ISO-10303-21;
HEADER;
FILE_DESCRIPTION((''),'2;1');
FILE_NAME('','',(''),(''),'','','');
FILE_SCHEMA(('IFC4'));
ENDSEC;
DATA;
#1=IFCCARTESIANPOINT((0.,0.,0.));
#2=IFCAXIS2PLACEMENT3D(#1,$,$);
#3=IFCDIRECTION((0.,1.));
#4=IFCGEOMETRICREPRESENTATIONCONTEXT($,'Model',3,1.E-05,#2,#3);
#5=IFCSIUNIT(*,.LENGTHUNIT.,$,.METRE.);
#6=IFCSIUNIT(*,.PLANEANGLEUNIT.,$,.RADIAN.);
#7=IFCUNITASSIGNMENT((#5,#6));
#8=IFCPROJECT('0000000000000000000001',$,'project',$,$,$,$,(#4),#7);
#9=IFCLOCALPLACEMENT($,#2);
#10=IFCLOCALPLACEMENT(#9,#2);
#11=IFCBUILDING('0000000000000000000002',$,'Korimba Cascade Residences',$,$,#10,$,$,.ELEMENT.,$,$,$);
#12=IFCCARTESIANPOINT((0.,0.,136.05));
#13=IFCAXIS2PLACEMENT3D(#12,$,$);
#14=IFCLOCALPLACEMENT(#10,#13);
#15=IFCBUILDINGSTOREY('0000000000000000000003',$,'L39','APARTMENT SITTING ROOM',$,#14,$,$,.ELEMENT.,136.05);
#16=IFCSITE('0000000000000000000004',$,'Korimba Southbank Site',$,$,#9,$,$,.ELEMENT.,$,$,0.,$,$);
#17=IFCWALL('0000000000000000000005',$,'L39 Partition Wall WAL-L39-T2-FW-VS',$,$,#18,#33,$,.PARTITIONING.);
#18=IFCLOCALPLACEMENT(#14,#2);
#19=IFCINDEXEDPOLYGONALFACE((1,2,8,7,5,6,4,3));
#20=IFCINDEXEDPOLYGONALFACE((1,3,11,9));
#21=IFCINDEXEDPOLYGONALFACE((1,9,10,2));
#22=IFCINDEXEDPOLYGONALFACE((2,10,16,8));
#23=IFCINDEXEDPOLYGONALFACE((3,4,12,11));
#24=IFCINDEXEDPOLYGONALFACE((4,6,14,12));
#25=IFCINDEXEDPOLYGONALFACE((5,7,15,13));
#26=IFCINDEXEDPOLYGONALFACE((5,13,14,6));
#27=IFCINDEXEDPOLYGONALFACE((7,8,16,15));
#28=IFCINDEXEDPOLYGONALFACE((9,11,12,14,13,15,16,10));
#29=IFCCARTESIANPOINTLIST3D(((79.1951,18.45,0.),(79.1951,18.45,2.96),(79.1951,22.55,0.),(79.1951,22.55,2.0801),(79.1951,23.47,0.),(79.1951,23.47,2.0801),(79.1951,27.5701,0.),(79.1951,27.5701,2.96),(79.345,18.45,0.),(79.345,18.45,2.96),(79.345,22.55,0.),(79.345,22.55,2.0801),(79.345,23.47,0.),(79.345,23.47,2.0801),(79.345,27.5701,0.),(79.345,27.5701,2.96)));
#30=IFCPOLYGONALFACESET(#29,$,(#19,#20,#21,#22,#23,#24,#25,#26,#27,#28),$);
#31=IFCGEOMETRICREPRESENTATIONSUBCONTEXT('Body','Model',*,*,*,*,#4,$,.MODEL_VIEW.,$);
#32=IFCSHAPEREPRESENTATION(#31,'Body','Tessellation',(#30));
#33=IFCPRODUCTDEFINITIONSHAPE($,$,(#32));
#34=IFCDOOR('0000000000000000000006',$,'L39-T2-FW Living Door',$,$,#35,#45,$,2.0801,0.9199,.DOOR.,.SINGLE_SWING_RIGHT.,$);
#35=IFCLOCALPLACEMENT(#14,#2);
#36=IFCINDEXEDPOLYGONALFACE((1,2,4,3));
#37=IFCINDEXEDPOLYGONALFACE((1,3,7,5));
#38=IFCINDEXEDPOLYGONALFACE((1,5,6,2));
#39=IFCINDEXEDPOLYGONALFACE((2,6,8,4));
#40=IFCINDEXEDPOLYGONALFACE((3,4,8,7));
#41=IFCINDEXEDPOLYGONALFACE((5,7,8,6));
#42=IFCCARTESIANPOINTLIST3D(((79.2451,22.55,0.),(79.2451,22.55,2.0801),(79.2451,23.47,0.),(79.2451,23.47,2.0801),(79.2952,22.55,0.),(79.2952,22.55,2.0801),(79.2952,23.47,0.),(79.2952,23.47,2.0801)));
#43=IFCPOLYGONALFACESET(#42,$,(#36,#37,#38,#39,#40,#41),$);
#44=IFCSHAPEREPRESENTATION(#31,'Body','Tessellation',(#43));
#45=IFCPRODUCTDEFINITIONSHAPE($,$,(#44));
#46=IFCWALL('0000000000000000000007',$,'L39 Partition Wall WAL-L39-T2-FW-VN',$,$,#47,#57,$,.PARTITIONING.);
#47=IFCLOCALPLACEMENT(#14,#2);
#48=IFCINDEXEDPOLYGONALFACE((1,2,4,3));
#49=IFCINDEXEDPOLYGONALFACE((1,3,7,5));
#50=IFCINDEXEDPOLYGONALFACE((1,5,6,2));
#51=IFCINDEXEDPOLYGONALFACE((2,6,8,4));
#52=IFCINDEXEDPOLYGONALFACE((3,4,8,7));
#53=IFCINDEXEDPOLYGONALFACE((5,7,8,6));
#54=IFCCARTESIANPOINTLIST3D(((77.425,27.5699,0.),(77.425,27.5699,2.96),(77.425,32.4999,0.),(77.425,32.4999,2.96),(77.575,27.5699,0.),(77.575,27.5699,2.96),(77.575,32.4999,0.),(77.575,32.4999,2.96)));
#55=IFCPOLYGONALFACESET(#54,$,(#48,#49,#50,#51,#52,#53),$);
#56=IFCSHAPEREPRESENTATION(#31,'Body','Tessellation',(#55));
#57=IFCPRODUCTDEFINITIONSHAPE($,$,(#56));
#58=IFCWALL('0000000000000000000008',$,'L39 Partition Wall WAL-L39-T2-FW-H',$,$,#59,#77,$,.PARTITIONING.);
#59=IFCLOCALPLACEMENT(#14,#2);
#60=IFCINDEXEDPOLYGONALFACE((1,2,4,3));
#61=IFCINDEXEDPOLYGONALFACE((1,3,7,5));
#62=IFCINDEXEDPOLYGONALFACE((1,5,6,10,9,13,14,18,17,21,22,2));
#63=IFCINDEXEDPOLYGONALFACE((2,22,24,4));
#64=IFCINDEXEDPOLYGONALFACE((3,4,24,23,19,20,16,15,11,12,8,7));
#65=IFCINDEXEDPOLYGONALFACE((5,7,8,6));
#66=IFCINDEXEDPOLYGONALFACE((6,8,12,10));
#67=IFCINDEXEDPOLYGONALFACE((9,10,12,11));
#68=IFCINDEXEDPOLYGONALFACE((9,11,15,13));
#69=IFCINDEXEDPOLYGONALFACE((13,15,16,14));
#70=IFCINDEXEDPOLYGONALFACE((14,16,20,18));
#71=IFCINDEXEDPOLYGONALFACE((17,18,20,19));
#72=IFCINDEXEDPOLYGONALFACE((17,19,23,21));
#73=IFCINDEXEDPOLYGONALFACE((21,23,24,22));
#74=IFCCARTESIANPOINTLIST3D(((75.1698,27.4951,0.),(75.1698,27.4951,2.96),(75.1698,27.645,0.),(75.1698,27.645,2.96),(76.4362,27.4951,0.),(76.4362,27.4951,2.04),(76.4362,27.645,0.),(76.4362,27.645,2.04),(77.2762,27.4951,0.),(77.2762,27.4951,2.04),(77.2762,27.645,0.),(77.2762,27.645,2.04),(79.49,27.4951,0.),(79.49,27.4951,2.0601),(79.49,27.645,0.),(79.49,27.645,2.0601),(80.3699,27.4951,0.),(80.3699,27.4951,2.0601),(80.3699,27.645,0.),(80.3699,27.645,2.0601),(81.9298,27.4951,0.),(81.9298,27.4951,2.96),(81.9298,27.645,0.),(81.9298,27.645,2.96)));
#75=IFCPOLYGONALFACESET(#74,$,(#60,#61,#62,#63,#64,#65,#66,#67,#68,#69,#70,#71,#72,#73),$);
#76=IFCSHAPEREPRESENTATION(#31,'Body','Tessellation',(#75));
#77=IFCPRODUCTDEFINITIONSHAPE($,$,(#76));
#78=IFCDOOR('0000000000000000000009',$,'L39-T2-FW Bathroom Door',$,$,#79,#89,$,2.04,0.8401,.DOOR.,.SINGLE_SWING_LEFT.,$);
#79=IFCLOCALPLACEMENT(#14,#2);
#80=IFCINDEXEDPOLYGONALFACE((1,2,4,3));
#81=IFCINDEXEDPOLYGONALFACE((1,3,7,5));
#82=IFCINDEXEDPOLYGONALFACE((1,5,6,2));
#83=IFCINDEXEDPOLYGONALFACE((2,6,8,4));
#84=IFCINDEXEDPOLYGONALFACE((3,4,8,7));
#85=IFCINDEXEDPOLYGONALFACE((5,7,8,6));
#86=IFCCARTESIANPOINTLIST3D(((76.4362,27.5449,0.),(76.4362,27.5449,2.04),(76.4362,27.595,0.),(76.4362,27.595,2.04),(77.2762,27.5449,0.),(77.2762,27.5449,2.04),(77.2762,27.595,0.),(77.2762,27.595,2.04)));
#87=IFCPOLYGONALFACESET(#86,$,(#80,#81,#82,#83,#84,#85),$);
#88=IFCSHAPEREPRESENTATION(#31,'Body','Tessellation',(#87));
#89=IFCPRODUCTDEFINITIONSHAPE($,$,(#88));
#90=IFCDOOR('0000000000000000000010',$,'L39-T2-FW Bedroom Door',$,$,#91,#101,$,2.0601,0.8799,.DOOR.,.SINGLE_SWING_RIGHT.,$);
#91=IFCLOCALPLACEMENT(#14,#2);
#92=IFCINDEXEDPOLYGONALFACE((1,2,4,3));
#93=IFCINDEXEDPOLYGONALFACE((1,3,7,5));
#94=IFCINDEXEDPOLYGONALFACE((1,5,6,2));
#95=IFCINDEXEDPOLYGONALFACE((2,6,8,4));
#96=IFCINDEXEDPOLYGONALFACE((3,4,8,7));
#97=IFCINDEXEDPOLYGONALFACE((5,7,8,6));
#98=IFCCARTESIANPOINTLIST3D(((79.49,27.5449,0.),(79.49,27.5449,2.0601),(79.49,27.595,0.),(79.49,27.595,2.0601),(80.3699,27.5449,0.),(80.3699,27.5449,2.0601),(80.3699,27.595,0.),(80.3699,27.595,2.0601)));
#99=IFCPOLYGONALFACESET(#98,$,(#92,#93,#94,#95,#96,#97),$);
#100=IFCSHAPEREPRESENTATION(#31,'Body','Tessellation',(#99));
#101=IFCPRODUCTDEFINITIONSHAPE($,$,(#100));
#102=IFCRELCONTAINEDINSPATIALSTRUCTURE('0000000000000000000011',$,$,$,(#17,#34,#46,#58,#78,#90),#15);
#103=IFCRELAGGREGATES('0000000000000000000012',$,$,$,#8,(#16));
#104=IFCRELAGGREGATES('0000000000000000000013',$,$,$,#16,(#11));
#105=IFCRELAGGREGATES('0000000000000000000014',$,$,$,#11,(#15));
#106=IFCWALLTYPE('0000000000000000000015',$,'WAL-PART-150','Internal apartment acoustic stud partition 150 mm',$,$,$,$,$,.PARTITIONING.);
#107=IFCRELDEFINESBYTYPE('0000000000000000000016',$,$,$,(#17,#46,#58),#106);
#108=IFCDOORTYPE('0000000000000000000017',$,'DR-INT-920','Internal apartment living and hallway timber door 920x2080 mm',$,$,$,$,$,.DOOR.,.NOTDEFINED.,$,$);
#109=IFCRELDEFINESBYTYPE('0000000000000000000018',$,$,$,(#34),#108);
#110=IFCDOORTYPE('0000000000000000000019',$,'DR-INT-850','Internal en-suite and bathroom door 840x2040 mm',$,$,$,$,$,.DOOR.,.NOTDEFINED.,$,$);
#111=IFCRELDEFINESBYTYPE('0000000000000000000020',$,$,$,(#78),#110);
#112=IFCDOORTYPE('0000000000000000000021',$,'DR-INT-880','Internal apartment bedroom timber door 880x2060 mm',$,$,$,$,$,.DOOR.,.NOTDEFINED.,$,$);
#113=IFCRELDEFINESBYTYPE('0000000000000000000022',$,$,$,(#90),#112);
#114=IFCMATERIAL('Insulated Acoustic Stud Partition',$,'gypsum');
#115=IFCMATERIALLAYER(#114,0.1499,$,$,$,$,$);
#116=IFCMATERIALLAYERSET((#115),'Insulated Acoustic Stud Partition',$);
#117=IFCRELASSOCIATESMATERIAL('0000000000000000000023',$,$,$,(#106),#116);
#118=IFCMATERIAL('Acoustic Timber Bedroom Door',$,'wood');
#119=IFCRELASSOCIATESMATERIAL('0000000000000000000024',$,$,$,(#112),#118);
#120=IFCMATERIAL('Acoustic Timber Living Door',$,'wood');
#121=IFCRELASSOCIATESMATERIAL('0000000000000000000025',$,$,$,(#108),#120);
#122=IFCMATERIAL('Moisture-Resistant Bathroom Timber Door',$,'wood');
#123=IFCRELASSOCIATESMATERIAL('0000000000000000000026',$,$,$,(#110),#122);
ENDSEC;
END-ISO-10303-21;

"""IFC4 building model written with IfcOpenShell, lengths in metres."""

from ifc_helpers import new_model, si_unit, direction, frame, frame_2d, origin, place, context, subcontext, project, spatial, rectangle, extrude, material, layer, layer_set, type_object, element, fill, save


model = new_model("IFC4")

# Units and contexts
model_context = context("Model", 3, precision=1e-05, world=origin(), true_north=direction((0.0, 1.0)))
body_context = subcontext(model_context, "Body", "Model", "MODEL_VIEW")
ifc_project = project(units=[si_unit("LENGTHUNIT", "METRE"), si_unit("PLANEANGLEUNIT", "RADIAN")], contexts=[model_context])

# Site, building, storey
site_placement = place(None, origin())
site = spatial("IfcSite", under=ifc_project, at=site_placement, Name="Korimba Southbank Site", CompositionType="ELEMENT", RefElevation=0.0)
building_placement = place(site_placement, origin())
building = spatial("IfcBuilding", under=site, at=building_placement, Name="Korimba Cascade Residences", CompositionType="ELEMENT")
storey_placement = place(building_placement, frame((0.0, 0.0, 136.05)))
storey = spatial("IfcBuildingStorey", under=building, at=storey_placement, Name="L39", Description="APARTMENT SITTING ROOM", CompositionType="ELEMENT", Elevation=136.05)

# Wall, opening, door
ifc_material_1 = material(Name="Insulated Acoustic Stud Partition", Category="gypsum")
ifc_layer_1 = layer(ifc_material_1, 0.1499)
ifc_layer_set_1 = layer_set([ifc_layer_1], Name="Insulated Acoustic Stud Partition")
wall_type_1 = type_object("IfcWallType", Name="WAL-PART-150", Description="Internal apartment acoustic stud partition 150 mm", PredefinedType="PARTITIONING", material=ifc_layer_set_1)
ifc_material_2 = material(Name="Acoustic Timber Bedroom Door", Category="wood")
door_type_1 = type_object("IfcDoorType", Name="DR-INT-880", Description="Internal apartment bedroom timber door 880x2060 mm", OperationType="NOTDEFINED", PredefinedType="DOOR", material=ifc_material_2)
wall_1_placement = place(storey_placement, frame((79.27, 18.45, 0.0), z_axis=(0.0, 0.0, 1.0), x_axis=(0.0, 1.0, 0.0)))
wall_1 = element("IfcWall", 1, at=wall_1_placement, inside=storey, type_object=wall_type_1, Name="L39 Partition Wall WAL-L39-T2-FW-VS", PredefinedType="PARTITIONING", context=body_context, shape_type="SweptSolid", body=[
    extrude(rectangle(XDim=9.1201, YDim=0.1499, at=frame_2d((4.5601, 0.0))), origin(), (0.0, 0.0, 1.0), 2.96),
])
opening_1_placement = place(wall_1_placement, frame((4.1001, 0.0, 0.0)))
opening_1 = element("IfcOpeningElement", 2, at=opening_1_placement, cuts=wall_1, PredefinedType="OPENING", context=body_context, shape_type="SweptSolid", body=[
    extrude(rectangle(XDim=0.9199, YDim=2.0801, at=frame_2d((0.46, 1.04))), frame((0.0, 0.085, 0.0), z_axis=(0.0, -1.0, 0.0), x_axis=(1.0, 0.0, 0.0)), (0.0, 0.0, 1.0), 0.1699),
])
ifc_material_3 = material(Name="Acoustic Timber Living Door", Category="wood")
door_type_2 = type_object("IfcDoorType", Name="DR-INT-920", Description="Internal apartment living and hallway timber door 920x2080 mm", OperationType="NOTDEFINED", PredefinedType="DOOR", material=ifc_material_3)
door_1_placement = place(opening_1_placement, origin())
door_1 = element("IfcDoor", 3, at=door_1_placement, inside=storey, type_object=door_type_2, Name="L39-T2-FW Living Door", OperationType="SINGLE_SWING_RIGHT", OverallHeight=2.0801, OverallWidth=0.9199, PredefinedType="DOOR", context=body_context, shape_type="SweptSolid", body=[
    extrude(rectangle(XDim=0.9199, YDim=2.0801, at=frame_2d((0.46, 1.04))), frame((0.0, 0.0249, 0.0), z_axis=(0.0, -1.0, 0.0), x_axis=(1.0, 0.0, 0.0)), (0.0, 0.0, 1.0), 0.05),
])
fill(opening_1, door_1)

# Wall
wall_2_placement = place(storey_placement, frame((77.5, 27.5701, 0.0), z_axis=(0.0, 0.0, 1.0), x_axis=(0.0, 1.0, 0.0)))
element("IfcWall", 4, at=wall_2_placement, inside=storey, type_object=wall_type_1, Name="L39 Partition Wall WAL-L39-T2-FW-VN", PredefinedType="PARTITIONING", context=body_context, shape_type="SweptSolid", body=[
    extrude(rectangle(XDim=4.9299, YDim=0.1499, at=frame_2d((2.4648, 0.0))), origin(), (0.0, 0.0, 1.0), 2.96),
])

# Wall, openings, doors
wall_3_placement = place(storey_placement, frame((75.1699, 27.5701, 0.0), z_axis=(0.0, 0.0, 1.0), x_axis=(1.0, 0.0, 0.0)))
wall_3 = element("IfcWall", 5, at=wall_3_placement, inside=storey, type_object=wall_type_1, Name="L39 Partition Wall WAL-L39-T2-FW-H", PredefinedType="PARTITIONING", context=body_context, shape_type="SweptSolid", body=[
    extrude(rectangle(XDim=6.76, YDim=0.1499, at=frame_2d((3.3799, 0.0))), origin(), (0.0, 0.0, 1.0), 2.96),
])
opening_2_placement = place(wall_3_placement, frame((1.2664, 0.0, 0.0)))
opening_2 = element("IfcOpeningElement", 6, at=opening_2_placement, cuts=wall_3, PredefinedType="OPENING", context=body_context, shape_type="SweptSolid", body=[
    extrude(rectangle(XDim=0.8401, YDim=2.04, at=frame_2d((0.4199, 1.02))), frame((0.0, 0.085, 0.0), z_axis=(0.0, -1.0, 0.0), x_axis=(1.0, 0.0, 0.0)), (0.0, 0.0, 1.0), 0.1699),
])
opening_3_placement = place(wall_3_placement, frame((4.3201, 0.0, 0.0)))
opening_3 = element("IfcOpeningElement", 7, at=opening_3_placement, cuts=wall_3, PredefinedType="OPENING", context=body_context, shape_type="SweptSolid", body=[
    extrude(rectangle(XDim=0.8799, YDim=2.0601, at=frame_2d((0.4399, 1.03))), frame((0.0, 0.085, 0.0), z_axis=(0.0, -1.0, 0.0), x_axis=(1.0, 0.0, 0.0)), (0.0, 0.0, 1.0), 0.1699),
])
ifc_material_4 = material(Name="Moisture-Resistant Bathroom Timber Door", Category="wood")
door_type_3 = type_object("IfcDoorType", Name="DR-INT-850", Description="Internal en-suite and bathroom door 840x2040 mm", OperationType="NOTDEFINED", PredefinedType="DOOR", material=ifc_material_4)
door_2_placement = place(opening_2_placement, origin())
door_2 = element("IfcDoor", 8, at=door_2_placement, inside=storey, type_object=door_type_3, Name="L39-T2-FW Bathroom Door", OperationType="SINGLE_SWING_LEFT", OverallHeight=2.04, OverallWidth=0.8401, PredefinedType="DOOR", context=body_context, shape_type="SweptSolid", body=[
    extrude(rectangle(XDim=0.8401, YDim=2.04, at=frame_2d((0.4199, 1.02))), frame((0.0, 0.0249, 0.0), z_axis=(0.0, -1.0, 0.0), x_axis=(1.0, 0.0, 0.0)), (0.0, 0.0, 1.0), 0.05),
])
fill(opening_2, door_2)
door_3_placement = place(opening_3_placement, origin())
door_3 = element("IfcDoor", 9, at=door_3_placement, inside=storey, type_object=door_type_1, Name="L39-T2-FW Bedroom Door", OperationType="SINGLE_SWING_RIGHT", OverallHeight=2.0601, OverallWidth=0.8799, PredefinedType="DOOR", context=body_context, shape_type="SweptSolid", body=[
    extrude(rectangle(XDim=0.8799, YDim=2.0601, at=frame_2d((0.4399, 1.03))), frame((0.0, 0.0249, 0.0), z_axis=(0.0, -1.0, 0.0), x_axis=(1.0, 0.0, 0.0)), (0.0, 0.0, 1.0), 0.05),
])
fill(opening_3, door_3)

save(model, "model.ifc")
